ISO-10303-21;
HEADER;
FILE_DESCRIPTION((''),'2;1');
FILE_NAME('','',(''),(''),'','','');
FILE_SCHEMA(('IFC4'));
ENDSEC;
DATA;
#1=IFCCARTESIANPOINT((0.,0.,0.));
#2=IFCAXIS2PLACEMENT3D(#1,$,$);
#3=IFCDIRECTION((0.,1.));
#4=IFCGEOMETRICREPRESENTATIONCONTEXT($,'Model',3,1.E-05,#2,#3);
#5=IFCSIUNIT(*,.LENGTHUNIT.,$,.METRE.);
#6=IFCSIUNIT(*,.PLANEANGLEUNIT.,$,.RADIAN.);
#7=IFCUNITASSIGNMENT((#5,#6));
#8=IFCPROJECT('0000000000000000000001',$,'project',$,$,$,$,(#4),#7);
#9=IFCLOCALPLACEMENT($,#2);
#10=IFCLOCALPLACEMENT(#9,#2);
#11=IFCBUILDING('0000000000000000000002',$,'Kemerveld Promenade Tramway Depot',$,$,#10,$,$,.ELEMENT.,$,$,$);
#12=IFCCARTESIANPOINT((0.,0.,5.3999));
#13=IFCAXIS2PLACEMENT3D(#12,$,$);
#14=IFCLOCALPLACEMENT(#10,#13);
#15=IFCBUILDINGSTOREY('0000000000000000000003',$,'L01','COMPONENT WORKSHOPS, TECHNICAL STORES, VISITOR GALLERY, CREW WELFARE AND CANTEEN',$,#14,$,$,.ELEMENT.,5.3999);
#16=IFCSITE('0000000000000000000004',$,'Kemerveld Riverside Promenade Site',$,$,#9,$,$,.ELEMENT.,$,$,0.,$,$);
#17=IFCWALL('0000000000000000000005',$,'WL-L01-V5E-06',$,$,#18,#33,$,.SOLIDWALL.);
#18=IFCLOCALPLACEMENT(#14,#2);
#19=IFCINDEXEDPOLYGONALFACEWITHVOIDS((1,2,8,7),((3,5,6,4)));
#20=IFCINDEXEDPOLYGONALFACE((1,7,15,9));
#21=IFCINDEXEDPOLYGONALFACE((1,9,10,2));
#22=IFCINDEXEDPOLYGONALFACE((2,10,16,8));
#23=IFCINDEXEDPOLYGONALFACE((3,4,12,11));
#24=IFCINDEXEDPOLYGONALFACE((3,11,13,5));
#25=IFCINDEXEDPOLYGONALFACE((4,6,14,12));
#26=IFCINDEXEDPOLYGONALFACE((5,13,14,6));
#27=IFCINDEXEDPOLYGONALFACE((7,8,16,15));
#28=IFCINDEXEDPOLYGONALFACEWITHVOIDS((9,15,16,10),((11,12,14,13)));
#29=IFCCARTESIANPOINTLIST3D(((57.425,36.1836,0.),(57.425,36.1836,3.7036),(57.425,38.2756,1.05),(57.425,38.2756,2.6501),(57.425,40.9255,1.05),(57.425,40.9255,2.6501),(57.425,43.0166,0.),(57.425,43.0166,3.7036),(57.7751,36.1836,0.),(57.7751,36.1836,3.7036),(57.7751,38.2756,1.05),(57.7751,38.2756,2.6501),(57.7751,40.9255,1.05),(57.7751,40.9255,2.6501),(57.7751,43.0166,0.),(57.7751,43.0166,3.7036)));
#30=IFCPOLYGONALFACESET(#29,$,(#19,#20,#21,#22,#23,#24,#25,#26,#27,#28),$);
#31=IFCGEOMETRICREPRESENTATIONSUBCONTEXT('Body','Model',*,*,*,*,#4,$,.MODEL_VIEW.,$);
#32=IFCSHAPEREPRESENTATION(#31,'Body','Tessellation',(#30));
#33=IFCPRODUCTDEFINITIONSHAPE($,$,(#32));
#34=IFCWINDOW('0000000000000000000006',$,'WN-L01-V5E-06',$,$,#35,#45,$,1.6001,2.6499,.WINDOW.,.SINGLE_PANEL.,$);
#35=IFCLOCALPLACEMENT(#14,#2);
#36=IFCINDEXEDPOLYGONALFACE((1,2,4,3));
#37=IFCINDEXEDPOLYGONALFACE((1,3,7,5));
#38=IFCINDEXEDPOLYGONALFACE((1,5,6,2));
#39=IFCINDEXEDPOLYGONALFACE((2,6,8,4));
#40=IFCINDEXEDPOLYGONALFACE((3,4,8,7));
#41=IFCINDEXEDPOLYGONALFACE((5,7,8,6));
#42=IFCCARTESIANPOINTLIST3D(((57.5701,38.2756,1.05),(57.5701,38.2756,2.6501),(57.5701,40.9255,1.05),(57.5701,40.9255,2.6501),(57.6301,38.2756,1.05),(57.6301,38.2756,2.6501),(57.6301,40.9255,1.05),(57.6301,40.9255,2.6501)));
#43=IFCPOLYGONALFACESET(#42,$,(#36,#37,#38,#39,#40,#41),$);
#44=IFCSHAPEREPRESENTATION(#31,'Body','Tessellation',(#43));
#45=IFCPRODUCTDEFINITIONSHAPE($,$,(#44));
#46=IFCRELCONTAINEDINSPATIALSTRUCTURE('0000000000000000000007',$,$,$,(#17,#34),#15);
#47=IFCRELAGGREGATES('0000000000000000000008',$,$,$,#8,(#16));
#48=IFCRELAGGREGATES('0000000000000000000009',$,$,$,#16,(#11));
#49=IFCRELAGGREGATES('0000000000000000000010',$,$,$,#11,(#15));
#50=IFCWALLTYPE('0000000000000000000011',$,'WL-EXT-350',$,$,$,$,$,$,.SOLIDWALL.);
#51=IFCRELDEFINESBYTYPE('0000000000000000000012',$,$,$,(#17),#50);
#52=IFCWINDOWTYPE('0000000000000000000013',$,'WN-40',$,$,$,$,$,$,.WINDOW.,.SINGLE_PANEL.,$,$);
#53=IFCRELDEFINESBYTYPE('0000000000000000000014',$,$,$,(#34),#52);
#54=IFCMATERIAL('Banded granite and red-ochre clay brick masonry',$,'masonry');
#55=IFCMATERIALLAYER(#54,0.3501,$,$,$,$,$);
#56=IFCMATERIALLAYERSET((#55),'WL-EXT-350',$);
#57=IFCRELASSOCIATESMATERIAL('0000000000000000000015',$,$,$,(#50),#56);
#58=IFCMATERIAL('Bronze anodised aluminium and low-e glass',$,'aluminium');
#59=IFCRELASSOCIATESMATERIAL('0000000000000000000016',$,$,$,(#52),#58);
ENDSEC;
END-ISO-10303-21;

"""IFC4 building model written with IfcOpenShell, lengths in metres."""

from ifc_helpers import new_model, si_unit, direction, frame, frame_2d, origin, place, context, subcontext, project, spatial, rectangle, extrude, material, layer, layer_set, type_object, element, fill, save


model = new_model("IFC4")

# Units and contexts
model_context = context("Model", 3, precision=1e-05, world=origin(), true_north=direction((0.0, 1.0)))
body_context = subcontext(model_context, "Body", "Model", "MODEL_VIEW")
ifc_project = project(units=[si_unit("LENGTHUNIT", "METRE"), si_unit("PLANEANGLEUNIT", "RADIAN")], contexts=[model_context])

# Site, building, storey
site_placement = place(None, origin())
site = spatial("IfcSite", under=ifc_project, at=site_placement, Name="Kemerveld Riverside Promenade Site", CompositionType="ELEMENT", RefElevation=0.0)
building_placement = place(site_placement, origin())
building = spatial("IfcBuilding", under=site, at=building_placement, Name="Kemerveld Promenade Tramway Depot", CompositionType="ELEMENT")
storey_placement = place(building_placement, frame((0.0, 0.0, 5.3999)))
storey = spatial("IfcBuildingStorey", under=building, at=storey_placement, Name="L01", Description="COMPONENT WORKSHOPS, TECHNICAL STORES, VISITOR GALLERY, CREW WELFARE AND CANTEEN", CompositionType="ELEMENT", Elevation=5.3999)

# Wall, opening, window
ifc_material_1 = material(Name="Banded granite and red-ochre clay brick masonry", Category="masonry")
ifc_layer_1 = layer(ifc_material_1, 0.3501)
ifc_layer_set_1 = layer_set([ifc_layer_1], Name="WL-EXT-350")
wall_type = type_object("IfcWallType", Name="WL-EXT-350", PredefinedType="SOLIDWALL", material=ifc_layer_set_1)
wall_placement = place(storey_placement, frame((57.6001, 43.0166, 0.0), z_axis=(0.0, 0.0, 1.0), x_axis=(0.0, -1.0, 0.0)))
wall = element("IfcWall", 1, at=wall_placement, inside=storey, type_object=wall_type, Name="WL-L01-V5E-06", PredefinedType="SOLIDWALL", context=body_context, shape_type="SweptSolid", body=[
    extrude(rectangle(XDim=6.833, YDim=0.3501, at=frame_2d((3.4165, 0.0))), origin(), (0.0, 0.0, 1.0), 3.7036),
])
opening_placement = place(wall_placement, frame((2.0911, 0.0, 1.05)))
opening = element("IfcOpeningElement", 2, at=opening_placement, cuts=wall, PredefinedType="OPENING", context=body_context, shape_type="SweptSolid", body=[
    extrude(rectangle(XDim=2.6499, YDim=1.6001, at=frame_2d((1.325, 0.8))), frame((0.0, 0.1851, 0.0), z_axis=(0.0, -1.0, 0.0), x_axis=(1.0, 0.0, 0.0)), (0.0, 0.0, 1.0), 0.3701),
])
ifc_material_2 = material(Name="Bronze anodised aluminium and low-e glass", Category="aluminium")
window_type = type_object("IfcWindowType", Name="WN-40", PartitioningType="SINGLE_PANEL", PredefinedType="WINDOW", material=ifc_material_2)
window_placement = place(opening_placement, origin())
window = element("IfcWindow", 3, at=window_placement, inside=storey, type_object=window_type, Name="WN-L01-V5E-06", OverallHeight=1.6001, OverallWidth=2.6499, PartitioningType="SINGLE_PANEL", PredefinedType="WINDOW", context=body_context, shape_type="SweptSolid", body=[
    extrude(rectangle(XDim=2.6499, YDim=1.6001, at=frame_2d((1.325, 0.8))), frame((0.0, 0.03, 0.0), z_axis=(0.0, -1.0, 0.0), x_axis=(1.0, 0.0, 0.0)), (0.0, 0.0, 1.0), 0.0601),
])
fill(opening, window)

save(model, "model.ifc")
